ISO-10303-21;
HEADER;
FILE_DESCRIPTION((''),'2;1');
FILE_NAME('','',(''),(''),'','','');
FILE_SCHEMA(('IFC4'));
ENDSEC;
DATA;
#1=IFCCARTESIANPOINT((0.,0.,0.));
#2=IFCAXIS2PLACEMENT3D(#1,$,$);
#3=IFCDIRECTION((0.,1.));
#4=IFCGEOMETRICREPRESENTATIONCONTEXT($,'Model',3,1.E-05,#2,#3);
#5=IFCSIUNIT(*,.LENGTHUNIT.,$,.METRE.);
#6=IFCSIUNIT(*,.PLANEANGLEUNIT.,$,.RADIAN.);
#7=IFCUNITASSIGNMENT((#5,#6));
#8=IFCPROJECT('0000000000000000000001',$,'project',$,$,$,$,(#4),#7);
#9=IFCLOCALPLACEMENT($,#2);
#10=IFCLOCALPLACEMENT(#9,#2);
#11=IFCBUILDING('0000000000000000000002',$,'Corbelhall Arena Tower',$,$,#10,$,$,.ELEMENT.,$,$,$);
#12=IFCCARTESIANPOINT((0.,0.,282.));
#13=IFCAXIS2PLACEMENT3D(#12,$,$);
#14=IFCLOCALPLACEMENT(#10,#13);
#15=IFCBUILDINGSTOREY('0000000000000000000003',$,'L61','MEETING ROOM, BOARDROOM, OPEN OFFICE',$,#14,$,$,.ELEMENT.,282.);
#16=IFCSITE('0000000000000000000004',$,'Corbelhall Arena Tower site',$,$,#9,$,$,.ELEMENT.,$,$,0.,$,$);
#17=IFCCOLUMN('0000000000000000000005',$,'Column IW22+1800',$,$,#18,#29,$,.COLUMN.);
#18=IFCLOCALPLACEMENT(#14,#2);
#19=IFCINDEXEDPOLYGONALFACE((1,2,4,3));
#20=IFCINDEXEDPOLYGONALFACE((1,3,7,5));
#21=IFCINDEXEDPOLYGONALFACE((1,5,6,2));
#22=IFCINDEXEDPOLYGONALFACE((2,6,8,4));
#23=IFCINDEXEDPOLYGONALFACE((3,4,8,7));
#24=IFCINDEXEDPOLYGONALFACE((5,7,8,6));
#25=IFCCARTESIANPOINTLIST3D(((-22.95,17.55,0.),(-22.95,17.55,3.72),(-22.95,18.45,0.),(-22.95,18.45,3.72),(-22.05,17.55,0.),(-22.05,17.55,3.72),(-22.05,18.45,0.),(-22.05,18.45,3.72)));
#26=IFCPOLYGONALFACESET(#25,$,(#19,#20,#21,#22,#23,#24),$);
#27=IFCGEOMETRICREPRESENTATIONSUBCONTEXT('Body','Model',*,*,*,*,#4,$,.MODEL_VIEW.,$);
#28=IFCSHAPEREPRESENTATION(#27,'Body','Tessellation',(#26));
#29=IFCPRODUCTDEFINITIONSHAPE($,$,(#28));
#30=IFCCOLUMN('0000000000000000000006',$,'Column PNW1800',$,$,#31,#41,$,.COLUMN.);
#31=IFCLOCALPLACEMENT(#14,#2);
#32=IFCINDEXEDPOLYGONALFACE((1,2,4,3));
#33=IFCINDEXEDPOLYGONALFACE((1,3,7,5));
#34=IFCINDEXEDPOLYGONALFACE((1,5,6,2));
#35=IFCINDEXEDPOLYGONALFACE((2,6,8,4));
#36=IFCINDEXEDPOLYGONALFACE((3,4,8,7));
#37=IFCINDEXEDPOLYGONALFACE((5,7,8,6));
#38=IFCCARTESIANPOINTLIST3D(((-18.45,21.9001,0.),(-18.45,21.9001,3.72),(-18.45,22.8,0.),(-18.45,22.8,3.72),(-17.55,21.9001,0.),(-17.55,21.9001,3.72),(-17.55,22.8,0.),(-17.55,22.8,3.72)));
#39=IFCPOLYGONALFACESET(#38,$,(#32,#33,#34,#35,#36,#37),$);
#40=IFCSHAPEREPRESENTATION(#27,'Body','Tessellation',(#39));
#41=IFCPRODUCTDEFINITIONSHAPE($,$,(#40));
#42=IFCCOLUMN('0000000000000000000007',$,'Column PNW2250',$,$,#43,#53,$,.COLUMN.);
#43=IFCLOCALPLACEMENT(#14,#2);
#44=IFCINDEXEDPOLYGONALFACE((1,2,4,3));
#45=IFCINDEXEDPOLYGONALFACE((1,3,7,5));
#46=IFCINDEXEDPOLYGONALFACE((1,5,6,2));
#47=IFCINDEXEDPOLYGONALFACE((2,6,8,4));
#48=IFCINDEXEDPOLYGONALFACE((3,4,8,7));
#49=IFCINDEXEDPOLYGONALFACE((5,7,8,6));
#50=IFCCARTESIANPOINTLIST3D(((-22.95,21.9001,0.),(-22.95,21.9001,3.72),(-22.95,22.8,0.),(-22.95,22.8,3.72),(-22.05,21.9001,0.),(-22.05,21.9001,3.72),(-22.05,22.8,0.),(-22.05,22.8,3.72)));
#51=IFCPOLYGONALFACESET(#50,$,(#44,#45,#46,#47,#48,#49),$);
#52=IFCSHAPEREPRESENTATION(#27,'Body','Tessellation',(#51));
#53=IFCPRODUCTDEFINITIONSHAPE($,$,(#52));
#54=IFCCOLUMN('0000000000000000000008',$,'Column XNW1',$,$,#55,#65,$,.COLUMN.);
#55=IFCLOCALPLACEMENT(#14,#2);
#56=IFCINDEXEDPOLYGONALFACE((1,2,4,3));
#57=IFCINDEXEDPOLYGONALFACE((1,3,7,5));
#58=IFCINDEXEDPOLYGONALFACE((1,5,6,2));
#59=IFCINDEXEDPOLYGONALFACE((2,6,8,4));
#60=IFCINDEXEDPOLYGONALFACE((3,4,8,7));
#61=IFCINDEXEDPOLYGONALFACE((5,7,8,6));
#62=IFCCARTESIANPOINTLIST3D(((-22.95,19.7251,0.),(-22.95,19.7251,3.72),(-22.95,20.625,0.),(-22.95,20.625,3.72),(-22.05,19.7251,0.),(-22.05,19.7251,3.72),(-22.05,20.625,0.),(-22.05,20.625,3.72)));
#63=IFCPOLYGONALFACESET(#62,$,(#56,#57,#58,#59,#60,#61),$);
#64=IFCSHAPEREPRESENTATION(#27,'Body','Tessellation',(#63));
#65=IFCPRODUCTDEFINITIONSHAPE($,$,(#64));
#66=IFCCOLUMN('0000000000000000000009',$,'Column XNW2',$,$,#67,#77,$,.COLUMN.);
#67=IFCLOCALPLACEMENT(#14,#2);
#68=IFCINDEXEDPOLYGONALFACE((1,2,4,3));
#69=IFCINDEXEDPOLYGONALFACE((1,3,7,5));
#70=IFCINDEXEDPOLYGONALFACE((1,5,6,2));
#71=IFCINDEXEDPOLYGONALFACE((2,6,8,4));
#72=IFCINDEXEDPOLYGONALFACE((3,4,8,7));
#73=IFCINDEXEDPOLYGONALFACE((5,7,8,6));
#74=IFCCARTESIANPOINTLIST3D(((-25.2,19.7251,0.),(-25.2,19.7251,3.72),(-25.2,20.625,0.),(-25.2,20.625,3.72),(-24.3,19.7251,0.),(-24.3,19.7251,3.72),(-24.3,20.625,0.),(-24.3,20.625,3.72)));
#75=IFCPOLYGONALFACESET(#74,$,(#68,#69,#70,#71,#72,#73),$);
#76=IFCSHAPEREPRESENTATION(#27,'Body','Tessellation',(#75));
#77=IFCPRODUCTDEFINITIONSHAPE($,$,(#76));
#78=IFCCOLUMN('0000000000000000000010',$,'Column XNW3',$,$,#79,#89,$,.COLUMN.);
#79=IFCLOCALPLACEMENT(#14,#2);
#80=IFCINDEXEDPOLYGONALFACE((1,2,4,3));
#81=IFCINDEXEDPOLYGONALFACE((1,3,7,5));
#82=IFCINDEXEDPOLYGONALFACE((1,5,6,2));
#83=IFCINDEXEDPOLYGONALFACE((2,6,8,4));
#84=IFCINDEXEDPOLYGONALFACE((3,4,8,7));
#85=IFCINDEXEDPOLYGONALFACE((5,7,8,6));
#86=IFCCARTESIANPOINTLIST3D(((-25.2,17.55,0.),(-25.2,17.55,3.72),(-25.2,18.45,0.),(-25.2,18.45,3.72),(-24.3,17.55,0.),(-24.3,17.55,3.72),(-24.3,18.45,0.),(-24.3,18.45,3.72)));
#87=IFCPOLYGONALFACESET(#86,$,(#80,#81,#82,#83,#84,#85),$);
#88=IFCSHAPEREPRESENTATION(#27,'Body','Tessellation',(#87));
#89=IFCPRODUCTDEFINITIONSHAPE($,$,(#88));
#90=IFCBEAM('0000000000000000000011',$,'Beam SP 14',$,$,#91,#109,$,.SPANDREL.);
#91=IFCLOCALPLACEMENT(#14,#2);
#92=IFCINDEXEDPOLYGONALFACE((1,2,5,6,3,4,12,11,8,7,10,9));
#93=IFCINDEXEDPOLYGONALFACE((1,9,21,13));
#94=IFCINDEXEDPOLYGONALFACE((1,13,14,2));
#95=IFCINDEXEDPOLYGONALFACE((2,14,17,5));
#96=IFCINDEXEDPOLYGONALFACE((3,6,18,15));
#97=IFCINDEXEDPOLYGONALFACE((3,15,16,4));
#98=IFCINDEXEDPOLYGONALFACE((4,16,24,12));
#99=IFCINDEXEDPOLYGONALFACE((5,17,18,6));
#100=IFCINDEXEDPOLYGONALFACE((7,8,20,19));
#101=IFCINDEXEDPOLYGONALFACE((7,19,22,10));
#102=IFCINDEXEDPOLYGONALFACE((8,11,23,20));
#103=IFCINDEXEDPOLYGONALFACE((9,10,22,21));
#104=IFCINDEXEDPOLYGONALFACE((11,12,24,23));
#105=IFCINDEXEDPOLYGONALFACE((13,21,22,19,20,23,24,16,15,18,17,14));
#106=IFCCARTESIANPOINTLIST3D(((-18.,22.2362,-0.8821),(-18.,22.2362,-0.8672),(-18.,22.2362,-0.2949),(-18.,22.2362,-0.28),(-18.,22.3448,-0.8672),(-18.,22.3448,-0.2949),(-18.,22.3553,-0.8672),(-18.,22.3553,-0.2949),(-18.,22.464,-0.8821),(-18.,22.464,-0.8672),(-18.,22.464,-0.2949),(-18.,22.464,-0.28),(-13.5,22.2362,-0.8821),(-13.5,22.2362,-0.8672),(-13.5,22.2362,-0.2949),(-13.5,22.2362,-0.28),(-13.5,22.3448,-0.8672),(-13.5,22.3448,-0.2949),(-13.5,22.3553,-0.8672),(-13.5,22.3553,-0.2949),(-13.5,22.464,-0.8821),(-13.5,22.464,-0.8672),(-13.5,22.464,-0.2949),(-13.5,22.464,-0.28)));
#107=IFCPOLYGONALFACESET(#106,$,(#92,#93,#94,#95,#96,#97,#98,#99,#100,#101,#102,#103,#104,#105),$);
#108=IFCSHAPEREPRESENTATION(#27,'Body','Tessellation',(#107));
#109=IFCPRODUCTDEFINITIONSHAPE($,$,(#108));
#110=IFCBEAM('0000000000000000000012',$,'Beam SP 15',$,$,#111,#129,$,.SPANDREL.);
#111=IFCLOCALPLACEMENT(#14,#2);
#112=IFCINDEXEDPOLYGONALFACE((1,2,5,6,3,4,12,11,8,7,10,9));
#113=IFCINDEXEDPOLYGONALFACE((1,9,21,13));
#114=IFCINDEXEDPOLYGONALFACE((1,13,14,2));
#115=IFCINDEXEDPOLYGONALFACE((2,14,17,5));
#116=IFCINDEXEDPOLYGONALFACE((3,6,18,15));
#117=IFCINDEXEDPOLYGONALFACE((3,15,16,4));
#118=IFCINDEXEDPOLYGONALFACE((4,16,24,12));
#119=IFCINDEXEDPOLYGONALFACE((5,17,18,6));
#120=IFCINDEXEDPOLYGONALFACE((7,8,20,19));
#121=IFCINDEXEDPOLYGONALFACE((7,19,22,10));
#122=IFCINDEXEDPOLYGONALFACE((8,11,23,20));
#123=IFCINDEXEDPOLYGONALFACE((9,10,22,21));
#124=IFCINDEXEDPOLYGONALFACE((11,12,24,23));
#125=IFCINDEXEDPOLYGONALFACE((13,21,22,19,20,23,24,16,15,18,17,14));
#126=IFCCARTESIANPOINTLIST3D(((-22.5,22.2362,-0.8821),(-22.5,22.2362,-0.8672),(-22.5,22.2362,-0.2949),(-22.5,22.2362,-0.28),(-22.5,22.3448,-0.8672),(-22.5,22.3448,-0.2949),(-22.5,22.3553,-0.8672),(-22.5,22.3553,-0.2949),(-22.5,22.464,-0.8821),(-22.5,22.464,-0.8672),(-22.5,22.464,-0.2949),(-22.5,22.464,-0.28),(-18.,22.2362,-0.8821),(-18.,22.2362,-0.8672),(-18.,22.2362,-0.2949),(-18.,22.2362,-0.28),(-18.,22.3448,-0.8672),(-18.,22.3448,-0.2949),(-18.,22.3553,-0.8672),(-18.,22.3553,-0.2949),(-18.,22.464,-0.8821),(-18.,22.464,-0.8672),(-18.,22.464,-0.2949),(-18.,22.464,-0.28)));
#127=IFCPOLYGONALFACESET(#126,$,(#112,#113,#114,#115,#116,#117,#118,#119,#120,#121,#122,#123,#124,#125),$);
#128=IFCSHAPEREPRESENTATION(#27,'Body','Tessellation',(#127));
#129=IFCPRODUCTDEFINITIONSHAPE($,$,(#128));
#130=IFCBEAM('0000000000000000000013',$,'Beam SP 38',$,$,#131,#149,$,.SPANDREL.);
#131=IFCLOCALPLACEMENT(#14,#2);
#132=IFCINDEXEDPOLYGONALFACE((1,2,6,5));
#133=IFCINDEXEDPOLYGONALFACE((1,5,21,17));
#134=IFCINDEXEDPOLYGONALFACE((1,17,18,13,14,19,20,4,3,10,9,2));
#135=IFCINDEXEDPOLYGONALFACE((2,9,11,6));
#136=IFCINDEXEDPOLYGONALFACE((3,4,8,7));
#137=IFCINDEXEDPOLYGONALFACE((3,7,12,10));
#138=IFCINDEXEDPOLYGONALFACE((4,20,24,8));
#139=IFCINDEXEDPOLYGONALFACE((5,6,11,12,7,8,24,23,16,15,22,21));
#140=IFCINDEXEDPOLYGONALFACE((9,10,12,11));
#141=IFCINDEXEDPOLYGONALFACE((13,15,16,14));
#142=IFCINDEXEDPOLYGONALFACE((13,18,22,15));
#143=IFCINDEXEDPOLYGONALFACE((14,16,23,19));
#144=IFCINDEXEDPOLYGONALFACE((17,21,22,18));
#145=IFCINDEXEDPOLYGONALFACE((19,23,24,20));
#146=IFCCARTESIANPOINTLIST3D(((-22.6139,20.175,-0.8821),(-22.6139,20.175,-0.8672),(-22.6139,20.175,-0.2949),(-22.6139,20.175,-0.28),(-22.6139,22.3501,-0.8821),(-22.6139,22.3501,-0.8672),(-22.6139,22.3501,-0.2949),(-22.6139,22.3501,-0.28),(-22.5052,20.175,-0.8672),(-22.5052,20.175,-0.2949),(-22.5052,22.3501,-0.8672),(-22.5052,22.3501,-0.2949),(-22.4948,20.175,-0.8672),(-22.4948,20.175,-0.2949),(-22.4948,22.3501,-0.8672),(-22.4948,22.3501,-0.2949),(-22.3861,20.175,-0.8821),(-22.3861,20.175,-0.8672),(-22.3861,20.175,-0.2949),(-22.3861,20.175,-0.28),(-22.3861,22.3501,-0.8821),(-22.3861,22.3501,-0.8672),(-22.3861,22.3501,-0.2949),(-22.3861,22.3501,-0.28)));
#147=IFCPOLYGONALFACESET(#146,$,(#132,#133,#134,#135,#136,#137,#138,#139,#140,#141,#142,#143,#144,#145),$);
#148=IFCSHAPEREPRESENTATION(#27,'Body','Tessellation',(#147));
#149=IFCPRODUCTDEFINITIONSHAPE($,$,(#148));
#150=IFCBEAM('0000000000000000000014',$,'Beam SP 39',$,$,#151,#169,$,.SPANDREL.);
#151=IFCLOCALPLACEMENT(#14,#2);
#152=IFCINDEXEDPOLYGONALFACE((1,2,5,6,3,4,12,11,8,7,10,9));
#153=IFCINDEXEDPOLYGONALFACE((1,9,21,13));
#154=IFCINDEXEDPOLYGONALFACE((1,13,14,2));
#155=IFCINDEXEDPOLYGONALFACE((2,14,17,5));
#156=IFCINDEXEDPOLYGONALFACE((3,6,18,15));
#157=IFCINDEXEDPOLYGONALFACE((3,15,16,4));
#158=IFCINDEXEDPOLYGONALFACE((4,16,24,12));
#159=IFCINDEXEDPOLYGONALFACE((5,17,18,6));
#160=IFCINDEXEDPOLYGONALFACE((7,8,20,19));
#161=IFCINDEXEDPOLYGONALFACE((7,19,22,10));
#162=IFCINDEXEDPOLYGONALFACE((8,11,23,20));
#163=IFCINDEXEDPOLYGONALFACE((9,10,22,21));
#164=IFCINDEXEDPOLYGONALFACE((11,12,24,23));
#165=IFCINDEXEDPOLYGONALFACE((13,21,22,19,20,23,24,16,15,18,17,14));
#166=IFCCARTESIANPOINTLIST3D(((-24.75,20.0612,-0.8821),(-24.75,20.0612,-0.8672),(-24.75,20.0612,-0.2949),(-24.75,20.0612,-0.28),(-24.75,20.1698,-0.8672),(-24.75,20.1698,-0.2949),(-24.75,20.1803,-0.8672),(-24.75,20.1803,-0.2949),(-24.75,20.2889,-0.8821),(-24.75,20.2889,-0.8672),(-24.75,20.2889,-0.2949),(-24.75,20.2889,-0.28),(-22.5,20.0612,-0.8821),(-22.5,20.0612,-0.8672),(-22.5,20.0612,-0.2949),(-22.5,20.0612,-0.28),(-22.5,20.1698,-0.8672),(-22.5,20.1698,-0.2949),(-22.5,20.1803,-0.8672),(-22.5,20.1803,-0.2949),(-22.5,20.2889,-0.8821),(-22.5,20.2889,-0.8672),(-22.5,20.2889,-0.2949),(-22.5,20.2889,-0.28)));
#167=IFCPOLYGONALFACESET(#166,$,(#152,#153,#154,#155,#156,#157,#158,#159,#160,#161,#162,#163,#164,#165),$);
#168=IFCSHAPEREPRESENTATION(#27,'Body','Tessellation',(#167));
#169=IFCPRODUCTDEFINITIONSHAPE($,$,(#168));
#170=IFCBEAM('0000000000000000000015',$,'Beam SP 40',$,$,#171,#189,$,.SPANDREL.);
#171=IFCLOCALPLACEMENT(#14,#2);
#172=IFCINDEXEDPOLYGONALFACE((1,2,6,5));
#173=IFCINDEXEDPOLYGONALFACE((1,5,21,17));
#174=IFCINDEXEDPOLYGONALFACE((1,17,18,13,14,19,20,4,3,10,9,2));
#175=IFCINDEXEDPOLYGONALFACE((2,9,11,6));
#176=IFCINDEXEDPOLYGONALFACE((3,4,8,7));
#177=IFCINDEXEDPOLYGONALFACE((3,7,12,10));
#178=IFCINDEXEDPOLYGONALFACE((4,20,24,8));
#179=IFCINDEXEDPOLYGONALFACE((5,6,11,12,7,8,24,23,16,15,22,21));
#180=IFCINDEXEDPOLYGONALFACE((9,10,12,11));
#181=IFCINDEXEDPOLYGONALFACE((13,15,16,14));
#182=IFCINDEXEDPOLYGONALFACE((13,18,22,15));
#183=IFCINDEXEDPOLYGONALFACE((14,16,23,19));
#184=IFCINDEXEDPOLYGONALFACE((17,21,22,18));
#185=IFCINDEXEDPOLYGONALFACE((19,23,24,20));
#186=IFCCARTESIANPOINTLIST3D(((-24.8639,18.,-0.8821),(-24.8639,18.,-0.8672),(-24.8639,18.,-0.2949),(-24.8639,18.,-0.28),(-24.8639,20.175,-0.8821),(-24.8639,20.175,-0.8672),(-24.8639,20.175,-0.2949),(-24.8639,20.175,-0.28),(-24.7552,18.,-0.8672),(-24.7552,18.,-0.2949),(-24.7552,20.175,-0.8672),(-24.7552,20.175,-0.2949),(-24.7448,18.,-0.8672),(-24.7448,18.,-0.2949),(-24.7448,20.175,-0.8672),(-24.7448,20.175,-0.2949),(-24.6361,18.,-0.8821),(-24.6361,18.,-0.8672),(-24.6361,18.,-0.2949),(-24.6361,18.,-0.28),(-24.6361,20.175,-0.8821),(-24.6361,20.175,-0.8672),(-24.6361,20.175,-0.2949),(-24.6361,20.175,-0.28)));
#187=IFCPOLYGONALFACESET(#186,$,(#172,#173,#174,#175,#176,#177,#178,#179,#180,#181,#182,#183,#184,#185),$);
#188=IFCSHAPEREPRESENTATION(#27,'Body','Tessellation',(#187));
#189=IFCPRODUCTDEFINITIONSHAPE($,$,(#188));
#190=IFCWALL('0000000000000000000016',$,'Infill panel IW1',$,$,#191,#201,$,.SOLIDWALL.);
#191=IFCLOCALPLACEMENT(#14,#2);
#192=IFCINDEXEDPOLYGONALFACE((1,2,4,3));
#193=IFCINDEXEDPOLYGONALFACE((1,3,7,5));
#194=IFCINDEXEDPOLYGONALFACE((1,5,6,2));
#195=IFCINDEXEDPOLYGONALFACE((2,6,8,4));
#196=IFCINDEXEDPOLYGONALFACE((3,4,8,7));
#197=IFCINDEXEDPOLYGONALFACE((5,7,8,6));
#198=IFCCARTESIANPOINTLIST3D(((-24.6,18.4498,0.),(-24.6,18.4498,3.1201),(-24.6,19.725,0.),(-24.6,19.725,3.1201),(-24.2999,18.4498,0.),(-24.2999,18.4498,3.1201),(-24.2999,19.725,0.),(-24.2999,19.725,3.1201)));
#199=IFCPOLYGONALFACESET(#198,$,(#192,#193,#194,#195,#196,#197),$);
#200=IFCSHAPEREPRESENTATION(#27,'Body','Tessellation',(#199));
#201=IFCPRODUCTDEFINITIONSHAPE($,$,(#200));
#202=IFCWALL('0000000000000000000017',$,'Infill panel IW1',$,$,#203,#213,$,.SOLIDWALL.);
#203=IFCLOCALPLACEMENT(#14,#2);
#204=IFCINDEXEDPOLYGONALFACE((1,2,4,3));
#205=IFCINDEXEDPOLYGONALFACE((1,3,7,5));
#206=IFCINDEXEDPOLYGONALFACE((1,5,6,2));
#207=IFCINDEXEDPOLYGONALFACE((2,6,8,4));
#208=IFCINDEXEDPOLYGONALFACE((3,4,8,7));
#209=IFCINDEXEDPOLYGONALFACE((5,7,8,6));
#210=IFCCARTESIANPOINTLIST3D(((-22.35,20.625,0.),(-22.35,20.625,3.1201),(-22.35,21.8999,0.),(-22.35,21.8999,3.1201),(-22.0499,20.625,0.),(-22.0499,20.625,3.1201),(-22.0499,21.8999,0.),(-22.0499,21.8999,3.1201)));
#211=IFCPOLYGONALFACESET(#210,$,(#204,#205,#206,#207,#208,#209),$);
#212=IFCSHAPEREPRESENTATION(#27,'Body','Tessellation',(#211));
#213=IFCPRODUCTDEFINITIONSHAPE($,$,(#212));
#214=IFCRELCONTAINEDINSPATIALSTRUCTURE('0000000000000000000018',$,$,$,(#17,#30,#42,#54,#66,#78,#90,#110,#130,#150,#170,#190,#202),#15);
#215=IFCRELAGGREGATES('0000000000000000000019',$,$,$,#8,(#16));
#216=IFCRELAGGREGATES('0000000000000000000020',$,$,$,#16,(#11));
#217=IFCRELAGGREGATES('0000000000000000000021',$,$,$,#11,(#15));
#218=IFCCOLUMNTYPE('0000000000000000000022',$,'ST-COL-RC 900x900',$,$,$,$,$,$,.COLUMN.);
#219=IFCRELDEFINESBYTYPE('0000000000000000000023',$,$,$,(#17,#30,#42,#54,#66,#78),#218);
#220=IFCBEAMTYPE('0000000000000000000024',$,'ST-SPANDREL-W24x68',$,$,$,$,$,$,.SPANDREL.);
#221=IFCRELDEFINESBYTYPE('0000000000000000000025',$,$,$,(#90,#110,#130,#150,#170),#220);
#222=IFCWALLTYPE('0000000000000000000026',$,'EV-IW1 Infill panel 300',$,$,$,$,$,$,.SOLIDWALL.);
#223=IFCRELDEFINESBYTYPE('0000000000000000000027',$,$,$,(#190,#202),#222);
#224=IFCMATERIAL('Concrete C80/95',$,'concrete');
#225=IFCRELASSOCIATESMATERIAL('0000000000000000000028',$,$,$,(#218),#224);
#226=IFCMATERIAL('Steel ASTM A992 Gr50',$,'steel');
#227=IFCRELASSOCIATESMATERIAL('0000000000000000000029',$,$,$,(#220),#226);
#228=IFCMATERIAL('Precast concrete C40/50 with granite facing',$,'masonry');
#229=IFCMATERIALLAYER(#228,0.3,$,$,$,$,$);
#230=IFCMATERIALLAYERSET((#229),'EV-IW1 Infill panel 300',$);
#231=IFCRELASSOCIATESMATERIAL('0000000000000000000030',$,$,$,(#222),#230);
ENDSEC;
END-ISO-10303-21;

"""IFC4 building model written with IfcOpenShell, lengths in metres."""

from ifc_helpers import new_model, si_unit, direction, frame, frame_2d, origin, origin_2d, place, context, subcontext, project, spatial, rectangle, i_section, extrude, material, layer, layer_set, material_profile, profile_set, type_object, element, save


model = new_model("IFC4")

# Units and contexts
model_context = context("Model", 3, precision=1e-05, world=origin(), true_north=direction((0.0, 1.0)))
body_context = subcontext(model_context, "Body", "Model", "MODEL_VIEW")
ifc_project = project(units=[si_unit("LENGTHUNIT", "METRE"), si_unit("PLANEANGLEUNIT", "RADIAN")], contexts=[model_context])

# Site, building, storey
site_placement = place(None, origin())
site = spatial("IfcSite", under=ifc_project, at=site_placement, Name="Corbelhall Arena Tower site", CompositionType="ELEMENT", RefElevation=0.0)
building_placement = place(site_placement, origin())
building = spatial("IfcBuilding", under=site, at=building_placement, Name="Corbelhall Arena Tower", CompositionType="ELEMENT")
storey_placement = place(building_placement, frame((0.0, 0.0, 282.0)))
storey = spatial("IfcBuildingStorey", under=building, at=storey_placement, Name="L61", Description="MEETING ROOM, BOARDROOM, OPEN OFFICE", CompositionType="ELEMENT", Elevation=282.0)

# Columns
ifc_material_1 = material(Name="Concrete C80/95", Category="concrete")
ifc_material_profile_1 = material_profile(ifc_material_1, rectangle(XDim=0.8999, YDim=0.8999, at=origin_2d()))
ifc_profile_set_1 = profile_set([ifc_material_profile_1], Name="Concrete C80/95")
column_type = type_object("IfcColumnType", Name="ST-COL-RC 900x900", PredefinedType="COLUMN", material=ifc_profile_set_1)
for number, where, z_axis, x_axis, name in (
    (1, (-22.5, 18.0, 0.0), (0.0, 0.0, 1.0), (1.0, 0.0, 0.0), "Column IW22+1800"),
    (2, (-18.0, 22.3501, 0.0), (0.0, 0.0, 1.0), (1.0, 0.0, 0.0), "Column PNW1800"),
    (3, (-22.5, 22.3501, 0.0), (0.0, 0.0, 1.0), (1.0, 0.0, 0.0), "Column PNW2250"),
    (4, (-22.5, 20.175, 0.0), (0.0, 0.0, 1.0), (1.0, 0.0, 0.0), "Column XNW1"),
    (5, (-24.75, 20.175, 0.0), (0.0, 0.0, 1.0), (1.0, 0.0, 0.0), "Column XNW2"),
    (6, (-24.75, 18.0, 0.0), (0.0, 0.0, 1.0), (1.0, 0.0, 0.0), "Column XNW3"),
):
    element("IfcColumn", number, at=place(storey_placement, frame(where, z_axis=z_axis, x_axis=x_axis)), inside=storey, type_object=column_type, Name=name, PredefinedType="COLUMN", context=body_context, shape_type="SweptSolid", body=[
        extrude(rectangle(XDim=0.8999, YDim=0.8999, at=origin_2d()), origin(), (0.0, 0.0, 1.0), 3.72),
    ])

# Beams
ifc_material_2 = material(Name="Steel ASTM A992 Gr50", Category="steel")
ifc_material_profile_2 = material_profile(ifc_material_2, i_section(OverallWidth=0.2278, OverallDepth=0.6021, WebThickness=0.0105, FlangeThickness=0.0149, at=origin_2d()))
ifc_profile_set_2 = profile_set([ifc_material_profile_2], Name="Steel ASTM A992 Gr50")
beam_type = type_object("IfcBeamType", Name="ST-SPANDREL-W24x68", PredefinedType="SPANDREL", material=ifc_profile_set_2)
for number, where, z_axis, x_axis, name in (
    (7, (-18.0, 22.3501, -0.5811), (1.0, 0.0, 0.0), (0.0, 1.0, 0.0), "Beam SP 14"),
    (8, (-22.5, 22.3501, -0.5811), (1.0, 0.0, 0.0), (0.0, 1.0, 0.0), "Beam SP 15"),
):
    element("IfcBeam", number, at=place(storey_placement, frame(where, z_axis=z_axis, x_axis=x_axis)), inside=storey, type_object=beam_type, Name=name, PredefinedType="SPANDREL", context=body_context, shape_type="SweptSolid", body=[
        extrude(i_section(OverallWidth=0.2278, OverallDepth=0.6021, WebThickness=0.0105, FlangeThickness=0.0149, at=origin_2d()), origin(), (0.0, 0.0, 1.0), 4.5),
    ])
beam_1_placement = place(storey_placement, frame((-22.5, 20.175, -0.5811), z_axis=(0.0, 1.0, 0.0), x_axis=(-1.0, 0.0, 0.0)))
element("IfcBeam", 9, at=beam_1_placement, inside=storey, type_object=beam_type, Name="Beam SP 38", PredefinedType="SPANDREL", context=body_context, shape_type="SweptSolid", body=[
    extrude(i_section(OverallWidth=0.2278, OverallDepth=0.6021, WebThickness=0.0105, FlangeThickness=0.0149, at=origin_2d()), origin(), (0.0, 0.0, 1.0), 2.175),
])
beam_2_placement = place(storey_placement, frame((-24.75, 20.175, -0.5811), z_axis=(1.0, 0.0, 0.0), x_axis=(0.0, 1.0, 0.0)))
element("IfcBeam", 10, at=beam_2_placement, inside=storey, type_object=beam_type, Name="Beam SP 39", PredefinedType="SPANDREL", context=body_context, shape_type="SweptSolid", body=[
    extrude(i_section(OverallWidth=0.2278, OverallDepth=0.6021, WebThickness=0.0105, FlangeThickness=0.0149, at=origin_2d()), origin(), (0.0, 0.0, 1.0), 2.25),
])
beam_3_placement = place(storey_placement, frame((-24.75, 18.0, -0.5811), z_axis=(0.0, 1.0, 0.0), x_axis=(-1.0, 0.0, 0.0)))
element("IfcBeam", 11, at=beam_3_placement, inside=storey, type_object=beam_type, Name="Beam SP 40", PredefinedType="SPANDREL", context=body_context, shape_type="SweptSolid", body=[
    extrude(i_section(OverallWidth=0.2278, OverallDepth=0.6021, WebThickness=0.0105, FlangeThickness=0.0149, at=origin_2d()), origin(), (0.0, 0.0, 1.0), 2.175),
])

# Wall
ifc_material_3 = material(Name="Precast concrete C40/50 with granite facing", Category="masonry")
ifc_layer_1 = layer(ifc_material_3, 0.3)
ifc_layer_set_1 = layer_set([ifc_layer_1], Name="EV-IW1 Infill panel 300")
wall_type_1 = type_object("IfcWallType", Name="EV-IW1 Infill panel 300", PredefinedType="SOLIDWALL", material=ifc_layer_set_1)
wall_1_placement = place(storey_placement, frame((-24.45, 19.7251, 0.0), z_axis=(0.0, 0.0, 1.0), x_axis=(0.0, -1.0, 0.0)))
element("IfcWall", 12, at=wall_1_placement, inside=storey, type_object=wall_type_1, Name="Infill panel IW1", PredefinedType="SOLIDWALL", context=body_context, shape_type="SweptSolid", body=[
    extrude(rectangle(XDim=1.2751, YDim=0.3, at=frame_2d((0.6377, 0.0))), origin(), (0.0, 0.0, 1.0), 3.1201),
])

# Wall
wall_2_placement = place(storey_placement, frame((-22.2, 21.8999, 0.0), z_axis=(0.0, 0.0, 1.0), x_axis=(0.0, -1.0, 0.0)))
element("IfcWall", 13, at=wall_2_placement, inside=storey, type_object=wall_type_1, Name="Infill panel IW1", PredefinedType="SOLIDWALL", context=body_context, shape_type="SweptSolid", body=[
    extrude(rectangle(XDim=1.2749, YDim=0.3, at=frame_2d((0.6375, 0.0))), origin(), (0.0, 0.0, 1.0), 3.1201),
])

save(model, "model.ifc")
